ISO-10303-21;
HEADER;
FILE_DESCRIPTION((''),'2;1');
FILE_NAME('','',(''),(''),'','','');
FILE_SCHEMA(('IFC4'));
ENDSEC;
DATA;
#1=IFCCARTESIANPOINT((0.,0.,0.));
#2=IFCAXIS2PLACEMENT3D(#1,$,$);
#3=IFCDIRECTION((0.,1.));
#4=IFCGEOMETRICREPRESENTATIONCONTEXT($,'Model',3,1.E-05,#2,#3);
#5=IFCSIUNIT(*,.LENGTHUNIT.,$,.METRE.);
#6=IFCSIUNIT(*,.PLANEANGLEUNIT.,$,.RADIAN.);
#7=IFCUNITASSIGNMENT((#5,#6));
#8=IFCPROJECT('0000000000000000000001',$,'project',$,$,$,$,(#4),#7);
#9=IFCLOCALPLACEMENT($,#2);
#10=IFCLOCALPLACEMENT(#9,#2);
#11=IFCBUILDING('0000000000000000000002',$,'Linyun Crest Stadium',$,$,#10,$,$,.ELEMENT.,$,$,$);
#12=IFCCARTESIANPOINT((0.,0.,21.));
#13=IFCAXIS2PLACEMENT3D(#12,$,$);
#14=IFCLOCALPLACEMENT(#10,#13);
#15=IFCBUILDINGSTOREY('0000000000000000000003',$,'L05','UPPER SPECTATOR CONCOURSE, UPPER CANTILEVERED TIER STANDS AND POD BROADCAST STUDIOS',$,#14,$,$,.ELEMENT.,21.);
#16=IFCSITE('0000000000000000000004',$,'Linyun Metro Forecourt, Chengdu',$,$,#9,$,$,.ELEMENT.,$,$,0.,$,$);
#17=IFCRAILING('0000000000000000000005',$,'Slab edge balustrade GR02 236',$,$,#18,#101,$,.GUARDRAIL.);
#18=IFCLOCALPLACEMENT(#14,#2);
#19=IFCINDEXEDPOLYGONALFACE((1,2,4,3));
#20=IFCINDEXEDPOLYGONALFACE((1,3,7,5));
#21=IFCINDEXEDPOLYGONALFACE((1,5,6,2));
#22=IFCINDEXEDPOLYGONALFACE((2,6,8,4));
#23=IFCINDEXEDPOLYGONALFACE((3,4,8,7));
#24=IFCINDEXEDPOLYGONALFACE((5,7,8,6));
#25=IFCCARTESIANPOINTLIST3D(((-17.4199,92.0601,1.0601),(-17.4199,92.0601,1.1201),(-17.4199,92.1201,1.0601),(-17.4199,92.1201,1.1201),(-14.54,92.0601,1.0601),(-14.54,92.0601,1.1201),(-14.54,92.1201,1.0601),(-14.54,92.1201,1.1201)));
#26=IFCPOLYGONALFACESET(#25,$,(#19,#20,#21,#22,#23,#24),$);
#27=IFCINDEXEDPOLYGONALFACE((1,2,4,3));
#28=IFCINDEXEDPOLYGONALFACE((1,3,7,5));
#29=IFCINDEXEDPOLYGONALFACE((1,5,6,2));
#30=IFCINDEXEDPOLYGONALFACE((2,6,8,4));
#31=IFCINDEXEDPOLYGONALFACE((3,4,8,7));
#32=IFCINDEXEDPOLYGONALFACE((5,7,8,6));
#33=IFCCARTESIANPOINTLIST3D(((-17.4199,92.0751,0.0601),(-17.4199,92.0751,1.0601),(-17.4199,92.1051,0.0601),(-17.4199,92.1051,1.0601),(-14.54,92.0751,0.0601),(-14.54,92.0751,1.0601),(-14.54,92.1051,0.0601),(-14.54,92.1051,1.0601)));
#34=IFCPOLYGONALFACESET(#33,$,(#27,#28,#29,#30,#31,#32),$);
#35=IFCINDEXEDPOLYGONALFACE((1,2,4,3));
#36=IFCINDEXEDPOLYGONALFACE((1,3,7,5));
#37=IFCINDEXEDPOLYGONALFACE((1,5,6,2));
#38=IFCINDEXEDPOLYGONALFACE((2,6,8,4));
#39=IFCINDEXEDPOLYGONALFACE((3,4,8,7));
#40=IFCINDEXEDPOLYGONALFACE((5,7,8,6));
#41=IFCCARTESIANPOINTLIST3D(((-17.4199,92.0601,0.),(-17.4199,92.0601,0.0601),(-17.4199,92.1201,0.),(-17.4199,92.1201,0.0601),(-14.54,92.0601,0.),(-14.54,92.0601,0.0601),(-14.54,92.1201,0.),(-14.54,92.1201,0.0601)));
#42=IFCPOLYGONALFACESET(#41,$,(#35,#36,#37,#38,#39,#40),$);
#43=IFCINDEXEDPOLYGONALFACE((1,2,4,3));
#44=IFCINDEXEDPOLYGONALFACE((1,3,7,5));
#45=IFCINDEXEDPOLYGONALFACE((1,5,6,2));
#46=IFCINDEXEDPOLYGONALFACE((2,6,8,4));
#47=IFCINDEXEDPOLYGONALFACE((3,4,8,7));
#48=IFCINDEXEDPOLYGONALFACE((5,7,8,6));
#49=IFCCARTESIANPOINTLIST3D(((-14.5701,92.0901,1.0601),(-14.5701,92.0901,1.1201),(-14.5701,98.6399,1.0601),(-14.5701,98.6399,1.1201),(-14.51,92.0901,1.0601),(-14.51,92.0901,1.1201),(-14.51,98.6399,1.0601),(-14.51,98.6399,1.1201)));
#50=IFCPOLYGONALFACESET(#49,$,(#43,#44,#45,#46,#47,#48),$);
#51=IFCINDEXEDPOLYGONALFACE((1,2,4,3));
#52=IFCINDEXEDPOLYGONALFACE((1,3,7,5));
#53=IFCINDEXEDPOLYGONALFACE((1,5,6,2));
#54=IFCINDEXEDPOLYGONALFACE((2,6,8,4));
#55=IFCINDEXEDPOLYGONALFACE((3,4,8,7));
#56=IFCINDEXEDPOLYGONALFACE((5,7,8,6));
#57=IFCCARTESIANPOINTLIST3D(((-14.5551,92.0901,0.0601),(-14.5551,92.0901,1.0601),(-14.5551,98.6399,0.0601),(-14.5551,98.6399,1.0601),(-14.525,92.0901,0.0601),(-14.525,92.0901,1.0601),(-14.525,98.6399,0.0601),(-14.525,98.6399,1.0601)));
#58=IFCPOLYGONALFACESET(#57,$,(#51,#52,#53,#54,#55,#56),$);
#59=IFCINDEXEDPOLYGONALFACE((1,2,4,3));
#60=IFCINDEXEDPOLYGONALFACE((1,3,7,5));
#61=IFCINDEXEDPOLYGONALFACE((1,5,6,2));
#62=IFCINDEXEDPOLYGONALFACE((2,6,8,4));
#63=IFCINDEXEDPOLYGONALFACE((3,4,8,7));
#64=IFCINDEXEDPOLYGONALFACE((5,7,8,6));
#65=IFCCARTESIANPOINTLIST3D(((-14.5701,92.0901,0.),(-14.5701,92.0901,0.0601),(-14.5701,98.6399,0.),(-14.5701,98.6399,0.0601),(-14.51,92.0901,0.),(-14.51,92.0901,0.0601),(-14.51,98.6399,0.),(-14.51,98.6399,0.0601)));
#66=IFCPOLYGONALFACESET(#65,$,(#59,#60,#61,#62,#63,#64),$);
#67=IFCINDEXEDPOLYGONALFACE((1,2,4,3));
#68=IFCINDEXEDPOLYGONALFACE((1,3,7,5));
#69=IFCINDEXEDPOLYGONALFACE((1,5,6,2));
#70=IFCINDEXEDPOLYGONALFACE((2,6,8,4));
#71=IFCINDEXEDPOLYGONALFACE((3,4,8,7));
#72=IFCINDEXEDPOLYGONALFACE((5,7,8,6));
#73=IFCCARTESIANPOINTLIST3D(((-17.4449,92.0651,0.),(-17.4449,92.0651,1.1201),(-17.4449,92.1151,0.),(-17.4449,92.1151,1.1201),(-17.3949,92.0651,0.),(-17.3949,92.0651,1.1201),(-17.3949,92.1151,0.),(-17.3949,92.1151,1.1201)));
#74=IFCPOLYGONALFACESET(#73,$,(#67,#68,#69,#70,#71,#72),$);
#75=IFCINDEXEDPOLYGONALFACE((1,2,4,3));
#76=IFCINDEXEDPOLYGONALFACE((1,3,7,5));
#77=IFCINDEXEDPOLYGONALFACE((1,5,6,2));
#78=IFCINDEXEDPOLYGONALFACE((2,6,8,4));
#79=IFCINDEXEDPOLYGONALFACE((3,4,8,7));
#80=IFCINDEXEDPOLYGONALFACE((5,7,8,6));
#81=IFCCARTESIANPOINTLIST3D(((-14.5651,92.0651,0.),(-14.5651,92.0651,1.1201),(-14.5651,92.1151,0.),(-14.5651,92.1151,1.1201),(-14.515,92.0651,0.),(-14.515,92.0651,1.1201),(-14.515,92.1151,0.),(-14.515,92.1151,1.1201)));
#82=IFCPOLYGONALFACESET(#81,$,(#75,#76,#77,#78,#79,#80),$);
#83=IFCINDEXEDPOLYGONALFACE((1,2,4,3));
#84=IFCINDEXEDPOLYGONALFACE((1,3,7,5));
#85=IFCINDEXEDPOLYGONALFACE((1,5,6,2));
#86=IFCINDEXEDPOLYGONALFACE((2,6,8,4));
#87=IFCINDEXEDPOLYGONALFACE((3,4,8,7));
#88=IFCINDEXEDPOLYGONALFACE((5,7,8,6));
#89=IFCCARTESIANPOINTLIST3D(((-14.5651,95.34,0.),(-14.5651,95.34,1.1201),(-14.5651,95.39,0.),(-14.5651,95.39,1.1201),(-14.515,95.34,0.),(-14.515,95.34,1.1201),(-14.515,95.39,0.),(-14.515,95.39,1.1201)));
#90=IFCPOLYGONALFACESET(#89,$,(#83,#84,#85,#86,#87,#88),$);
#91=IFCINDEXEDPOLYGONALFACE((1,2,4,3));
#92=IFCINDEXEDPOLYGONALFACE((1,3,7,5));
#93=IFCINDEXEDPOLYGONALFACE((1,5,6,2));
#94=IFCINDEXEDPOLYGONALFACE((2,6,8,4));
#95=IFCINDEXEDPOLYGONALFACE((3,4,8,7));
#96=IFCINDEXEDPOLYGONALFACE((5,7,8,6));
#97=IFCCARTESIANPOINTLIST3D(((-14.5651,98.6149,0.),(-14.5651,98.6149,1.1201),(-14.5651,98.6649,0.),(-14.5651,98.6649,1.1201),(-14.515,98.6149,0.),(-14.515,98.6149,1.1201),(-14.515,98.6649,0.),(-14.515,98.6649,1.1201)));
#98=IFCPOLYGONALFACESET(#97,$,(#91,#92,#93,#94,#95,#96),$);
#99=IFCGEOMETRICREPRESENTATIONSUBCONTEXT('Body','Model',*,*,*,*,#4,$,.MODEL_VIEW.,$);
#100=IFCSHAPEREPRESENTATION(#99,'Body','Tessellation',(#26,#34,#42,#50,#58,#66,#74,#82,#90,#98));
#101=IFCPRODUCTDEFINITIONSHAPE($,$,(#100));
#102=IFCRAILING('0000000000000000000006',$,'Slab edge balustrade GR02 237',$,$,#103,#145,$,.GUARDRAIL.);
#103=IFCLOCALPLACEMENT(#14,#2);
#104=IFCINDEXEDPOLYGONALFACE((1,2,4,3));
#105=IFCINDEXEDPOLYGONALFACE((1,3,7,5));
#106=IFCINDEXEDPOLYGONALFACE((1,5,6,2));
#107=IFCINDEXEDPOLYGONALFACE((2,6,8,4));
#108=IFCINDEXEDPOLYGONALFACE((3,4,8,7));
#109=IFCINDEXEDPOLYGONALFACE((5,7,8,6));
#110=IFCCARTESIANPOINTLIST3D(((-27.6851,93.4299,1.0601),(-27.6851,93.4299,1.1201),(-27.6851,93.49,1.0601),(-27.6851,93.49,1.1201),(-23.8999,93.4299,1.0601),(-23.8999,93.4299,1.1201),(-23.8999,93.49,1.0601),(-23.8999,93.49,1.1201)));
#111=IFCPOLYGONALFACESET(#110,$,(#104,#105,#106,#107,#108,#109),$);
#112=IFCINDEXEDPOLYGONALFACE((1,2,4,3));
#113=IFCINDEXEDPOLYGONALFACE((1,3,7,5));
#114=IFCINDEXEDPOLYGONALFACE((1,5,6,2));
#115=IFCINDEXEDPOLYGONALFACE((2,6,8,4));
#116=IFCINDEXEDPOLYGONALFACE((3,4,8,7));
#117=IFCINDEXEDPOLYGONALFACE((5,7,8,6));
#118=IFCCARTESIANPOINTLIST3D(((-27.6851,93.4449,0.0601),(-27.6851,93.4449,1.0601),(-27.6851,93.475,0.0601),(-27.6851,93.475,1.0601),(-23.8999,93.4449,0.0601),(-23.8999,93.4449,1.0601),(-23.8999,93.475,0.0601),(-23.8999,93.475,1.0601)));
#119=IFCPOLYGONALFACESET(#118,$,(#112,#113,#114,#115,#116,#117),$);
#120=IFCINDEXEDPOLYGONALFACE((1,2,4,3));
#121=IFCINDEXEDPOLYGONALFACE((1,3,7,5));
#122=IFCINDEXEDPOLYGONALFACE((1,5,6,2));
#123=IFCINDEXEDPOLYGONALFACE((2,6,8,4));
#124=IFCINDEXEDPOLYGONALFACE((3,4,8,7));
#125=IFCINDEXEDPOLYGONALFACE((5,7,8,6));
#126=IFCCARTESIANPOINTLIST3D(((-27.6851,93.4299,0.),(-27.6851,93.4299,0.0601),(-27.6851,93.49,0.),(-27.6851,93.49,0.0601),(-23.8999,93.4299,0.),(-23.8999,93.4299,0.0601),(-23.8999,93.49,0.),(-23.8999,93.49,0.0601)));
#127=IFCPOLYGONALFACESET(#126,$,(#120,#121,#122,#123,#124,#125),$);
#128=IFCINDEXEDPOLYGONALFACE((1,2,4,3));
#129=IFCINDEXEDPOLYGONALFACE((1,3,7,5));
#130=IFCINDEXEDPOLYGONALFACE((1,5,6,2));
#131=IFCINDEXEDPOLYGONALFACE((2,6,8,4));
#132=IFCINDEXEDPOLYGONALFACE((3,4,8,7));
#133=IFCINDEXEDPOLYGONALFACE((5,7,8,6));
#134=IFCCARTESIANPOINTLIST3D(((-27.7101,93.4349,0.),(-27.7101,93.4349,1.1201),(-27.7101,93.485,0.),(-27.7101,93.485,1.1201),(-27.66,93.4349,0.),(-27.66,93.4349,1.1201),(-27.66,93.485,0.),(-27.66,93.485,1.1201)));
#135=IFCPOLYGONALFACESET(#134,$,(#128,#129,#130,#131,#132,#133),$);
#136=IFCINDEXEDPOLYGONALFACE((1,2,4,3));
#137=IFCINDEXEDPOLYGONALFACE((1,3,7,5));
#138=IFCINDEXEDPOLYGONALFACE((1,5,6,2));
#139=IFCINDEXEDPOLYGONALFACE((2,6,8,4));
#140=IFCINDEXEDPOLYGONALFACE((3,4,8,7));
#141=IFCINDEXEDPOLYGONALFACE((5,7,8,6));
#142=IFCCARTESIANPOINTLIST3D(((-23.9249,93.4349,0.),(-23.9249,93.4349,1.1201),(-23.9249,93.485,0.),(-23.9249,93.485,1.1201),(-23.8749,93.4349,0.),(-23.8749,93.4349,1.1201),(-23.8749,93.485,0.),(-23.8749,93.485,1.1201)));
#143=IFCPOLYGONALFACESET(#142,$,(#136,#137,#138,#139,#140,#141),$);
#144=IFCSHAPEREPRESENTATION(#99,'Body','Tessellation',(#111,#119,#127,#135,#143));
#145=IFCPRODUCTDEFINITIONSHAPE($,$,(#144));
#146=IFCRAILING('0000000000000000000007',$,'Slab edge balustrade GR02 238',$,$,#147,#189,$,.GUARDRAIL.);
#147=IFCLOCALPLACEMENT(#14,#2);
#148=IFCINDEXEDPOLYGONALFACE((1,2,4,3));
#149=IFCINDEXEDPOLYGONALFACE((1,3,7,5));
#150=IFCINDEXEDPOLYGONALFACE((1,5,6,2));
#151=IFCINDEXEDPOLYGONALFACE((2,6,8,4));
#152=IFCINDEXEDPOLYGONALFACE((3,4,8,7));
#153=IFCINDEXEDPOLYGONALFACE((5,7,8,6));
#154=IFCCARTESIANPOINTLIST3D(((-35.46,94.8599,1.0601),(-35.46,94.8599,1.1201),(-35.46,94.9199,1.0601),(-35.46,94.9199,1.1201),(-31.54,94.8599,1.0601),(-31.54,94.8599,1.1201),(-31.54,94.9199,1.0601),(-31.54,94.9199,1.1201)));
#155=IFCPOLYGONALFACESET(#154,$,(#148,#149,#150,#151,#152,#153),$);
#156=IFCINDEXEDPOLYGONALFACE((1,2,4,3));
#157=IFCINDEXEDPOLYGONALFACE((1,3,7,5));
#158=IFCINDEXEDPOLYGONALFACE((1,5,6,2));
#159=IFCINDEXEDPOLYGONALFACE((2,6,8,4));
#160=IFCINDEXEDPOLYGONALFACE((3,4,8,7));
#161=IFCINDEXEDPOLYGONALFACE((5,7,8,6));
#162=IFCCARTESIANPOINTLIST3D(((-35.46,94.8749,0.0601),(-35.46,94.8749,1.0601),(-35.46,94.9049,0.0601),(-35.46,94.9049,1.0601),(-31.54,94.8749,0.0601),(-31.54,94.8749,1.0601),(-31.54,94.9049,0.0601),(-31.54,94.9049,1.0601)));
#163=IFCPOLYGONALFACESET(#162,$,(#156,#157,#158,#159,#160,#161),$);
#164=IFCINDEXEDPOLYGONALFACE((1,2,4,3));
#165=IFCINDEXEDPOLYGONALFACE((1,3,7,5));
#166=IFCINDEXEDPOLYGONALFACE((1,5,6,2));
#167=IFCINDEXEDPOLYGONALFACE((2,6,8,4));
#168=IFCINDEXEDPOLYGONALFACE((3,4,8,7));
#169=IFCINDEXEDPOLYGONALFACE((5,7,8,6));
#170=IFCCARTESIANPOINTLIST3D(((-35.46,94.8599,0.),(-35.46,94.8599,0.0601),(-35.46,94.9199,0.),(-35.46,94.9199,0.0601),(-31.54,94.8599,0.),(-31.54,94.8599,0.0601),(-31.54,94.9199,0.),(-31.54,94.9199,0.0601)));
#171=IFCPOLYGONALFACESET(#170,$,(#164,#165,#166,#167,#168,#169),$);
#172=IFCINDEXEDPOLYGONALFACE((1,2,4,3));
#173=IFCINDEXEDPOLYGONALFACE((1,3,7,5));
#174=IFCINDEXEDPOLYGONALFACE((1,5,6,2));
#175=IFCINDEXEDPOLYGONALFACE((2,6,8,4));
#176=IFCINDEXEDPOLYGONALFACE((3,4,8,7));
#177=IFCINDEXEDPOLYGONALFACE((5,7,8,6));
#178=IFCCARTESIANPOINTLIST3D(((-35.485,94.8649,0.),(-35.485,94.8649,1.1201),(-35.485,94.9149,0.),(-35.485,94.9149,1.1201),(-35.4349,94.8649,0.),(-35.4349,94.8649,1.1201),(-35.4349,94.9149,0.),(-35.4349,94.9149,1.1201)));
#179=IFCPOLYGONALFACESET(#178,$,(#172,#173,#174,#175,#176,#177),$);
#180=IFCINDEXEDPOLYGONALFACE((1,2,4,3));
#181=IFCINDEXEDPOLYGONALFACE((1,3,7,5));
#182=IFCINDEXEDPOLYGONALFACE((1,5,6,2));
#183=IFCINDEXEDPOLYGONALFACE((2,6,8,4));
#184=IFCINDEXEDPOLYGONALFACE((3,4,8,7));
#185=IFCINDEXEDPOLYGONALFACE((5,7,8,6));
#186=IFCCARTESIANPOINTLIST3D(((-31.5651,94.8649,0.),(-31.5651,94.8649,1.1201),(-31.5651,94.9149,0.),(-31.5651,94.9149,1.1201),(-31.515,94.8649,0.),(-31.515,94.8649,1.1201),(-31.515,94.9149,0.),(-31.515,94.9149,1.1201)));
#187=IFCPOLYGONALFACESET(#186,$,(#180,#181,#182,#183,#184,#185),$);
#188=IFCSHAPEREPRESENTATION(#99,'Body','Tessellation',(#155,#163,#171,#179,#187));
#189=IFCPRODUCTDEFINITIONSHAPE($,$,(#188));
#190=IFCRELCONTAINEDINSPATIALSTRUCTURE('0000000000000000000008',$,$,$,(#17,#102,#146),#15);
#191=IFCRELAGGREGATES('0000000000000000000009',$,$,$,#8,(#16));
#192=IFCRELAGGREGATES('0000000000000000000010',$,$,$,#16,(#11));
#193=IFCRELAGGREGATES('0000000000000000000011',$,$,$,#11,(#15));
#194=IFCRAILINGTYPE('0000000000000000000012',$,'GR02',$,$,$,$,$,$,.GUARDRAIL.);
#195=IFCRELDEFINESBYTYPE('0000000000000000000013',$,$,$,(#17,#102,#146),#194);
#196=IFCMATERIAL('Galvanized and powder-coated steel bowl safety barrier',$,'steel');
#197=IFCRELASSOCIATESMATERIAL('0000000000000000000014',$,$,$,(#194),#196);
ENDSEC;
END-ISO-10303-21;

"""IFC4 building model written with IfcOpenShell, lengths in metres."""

from ifc_helpers import new_model, si_unit, direction, frame, origin, origin_2d, place, context, subcontext, project, spatial, rectangle, extrude, material, type_object, element, save


model = new_model("IFC4")

# Units and contexts
model_context = context("Model", 3, precision=1e-05, world=origin(), true_north=direction((0.0, 1.0)))
body_context = subcontext(model_context, "Body", "Model", "MODEL_VIEW")
ifc_project = project(units=[si_unit("LENGTHUNIT", "METRE"), si_unit("PLANEANGLEUNIT", "RADIAN")], contexts=[model_context])

# Site, building, storey
site_placement = place(None, origin())
site = spatial("IfcSite", under=ifc_project, at=site_placement, Name="Linyun Metro Forecourt, Chengdu", CompositionType="ELEMENT", RefElevation=0.0)
building_placement = place(site_placement, origin())
building = spatial("IfcBuilding", under=site, at=building_placement, Name="Linyun Crest Stadium", CompositionType="ELEMENT")
storey_placement = place(building_placement, frame((0.0, 0.0, 21.0)))
storey = spatial("IfcBuildingStorey", under=building, at=storey_placement, Name="L05", Description="UPPER SPECTATOR CONCOURSE, UPPER CANTILEVERED TIER STANDS AND POD BROADCAST STUDIOS", CompositionType="ELEMENT", Elevation=21.0)

# Railings
ifc_material_1 = material(Name="Galvanized and powder-coated steel bowl safety barrier", Category="steel")
railing_type_1 = type_object("IfcRailingType", Name="GR02", PredefinedType="GUARDRAIL", material=ifc_material_1)
railing_1_placement = place(storey_placement, frame((-17.4199, 92.0901, 0.0)))
element("IfcRailing", 1, at=railing_1_placement, inside=storey, type_object=railing_type_1, Name="Slab edge balustrade GR02 236", PredefinedType="GUARDRAIL", context=body_context, shape_type="SweptSolid", body=[
    extrude(rectangle(XDim=0.0601, YDim=0.0601, at=origin_2d()), frame((0.0, 0.0, 1.0901), z_axis=(1.0, 0.0, 0.0), x_axis=(0.0, 1.0, 0.0)), (0.0, 0.0, 1.0), 2.8799),
    extrude(rectangle(XDim=0.03, YDim=1.0, at=origin_2d()), frame((0.0, 0.0, 0.5601), z_axis=(1.0, 0.0, 0.0), x_axis=(0.0, 1.0, 0.0)), (0.0, 0.0, 1.0), 2.8799),
    extrude(rectangle(XDim=0.0601, YDim=0.0601, at=origin_2d()), frame((0.0, 0.0, 0.03), z_axis=(1.0, 0.0, 0.0), x_axis=(0.0, 1.0, 0.0)), (0.0, 0.0, 1.0), 2.8799),
    extrude(rectangle(XDim=0.0601, YDim=0.0601, at=origin_2d()), frame((2.8799, 0.0, 1.0901), z_axis=(0.0, 1.0, 0.0), x_axis=(-1.0, 0.0, 0.0)), (0.0, 0.0, 1.0), 6.5498),
    extrude(rectangle(XDim=0.03, YDim=1.0, at=origin_2d()), frame((2.8799, 0.0, 0.5601), z_axis=(0.0, 1.0, 0.0), x_axis=(-1.0, 0.0, 0.0)), (0.0, 0.0, 1.0), 6.5498),
    extrude(rectangle(XDim=0.0601, YDim=0.0601, at=origin_2d()), frame((2.8799, 0.0, 0.03), z_axis=(0.0, 1.0, 0.0), x_axis=(-1.0, 0.0, 0.0)), (0.0, 0.0, 1.0), 6.5498),
    extrude(rectangle(XDim=0.05, YDim=0.05, at=origin_2d()), origin(), (0.0, 0.0, 1.0), 1.1201),
    extrude(rectangle(XDim=0.05, YDim=0.05, at=origin_2d()), frame((2.8799, 0.0, 0.0)), (0.0, 0.0, 1.0), 1.1201),
    extrude(rectangle(XDim=0.05, YDim=0.05, at=origin_2d()), frame((2.8799, 3.2749, 0.0)), (0.0, 0.0, 1.0), 1.1201),
    extrude(rectangle(XDim=0.05, YDim=0.05, at=origin_2d()), frame((2.8799, 6.5498, 0.0)), (0.0, 0.0, 1.0), 1.1201),
])
railing_2_placement = place(storey_placement, frame((-27.6851, 93.46, 0.0)))
element("IfcRailing", 2, at=railing_2_placement, inside=storey, type_object=railing_type_1, Name="Slab edge balustrade GR02 237", PredefinedType="GUARDRAIL", context=body_context, shape_type="SweptSolid", body=[
    extrude(rectangle(XDim=0.0601, YDim=0.0601, at=origin_2d()), frame((0.0, 0.0, 1.0901), z_axis=(1.0, 0.0, 0.0), x_axis=(0.0, 1.0, 0.0)), (0.0, 0.0, 1.0), 3.7852),
    extrude(rectangle(XDim=0.03, YDim=1.0, at=origin_2d()), frame((0.0, 0.0, 0.5601), z_axis=(1.0, 0.0, 0.0), x_axis=(0.0, 1.0, 0.0)), (0.0, 0.0, 1.0), 3.7852),
    extrude(rectangle(XDim=0.0601, YDim=0.0601, at=origin_2d()), frame((0.0, 0.0, 0.03), z_axis=(1.0, 0.0, 0.0), x_axis=(0.0, 1.0, 0.0)), (0.0, 0.0, 1.0), 3.7852),
    extrude(rectangle(XDim=0.05, YDim=0.05, at=origin_2d()), origin(), (0.0, 0.0, 1.0), 1.1201),
    extrude(rectangle(XDim=0.05, YDim=0.05, at=origin_2d()), frame((3.7852, 0.0, 0.0)), (0.0, 0.0, 1.0), 1.1201),
])
railing_3_placement = place(storey_placement, frame((-35.46, 94.8899, 0.0)))
element("IfcRailing", 3, at=railing_3_placement, inside=storey, type_object=railing_type_1, Name="Slab edge balustrade GR02 238", PredefinedType="GUARDRAIL", context=body_context, shape_type="SweptSolid", body=[
    extrude(rectangle(XDim=0.0601, YDim=0.0601, at=origin_2d()), frame((0.0, 0.0, 1.0901), z_axis=(1.0, 0.0, 0.0), x_axis=(0.0, 1.0, 0.0)), (0.0, 0.0, 1.0), 3.9199),
    extrude(rectangle(XDim=0.03, YDim=1.0, at=origin_2d()), frame((0.0, 0.0, 0.5601), z_axis=(1.0, 0.0, 0.0), x_axis=(0.0, 1.0, 0.0)), (0.0, 0.0, 1.0), 3.9199),
    extrude(rectangle(XDim=0.0601, YDim=0.0601, at=origin_2d()), frame((0.0, 0.0, 0.03), z_axis=(1.0, 0.0, 0.0), x_axis=(0.0, 1.0, 0.0)), (0.0, 0.0, 1.0), 3.9199),
    extrude(rectangle(XDim=0.05, YDim=0.05, at=origin_2d()), origin(), (0.0, 0.0, 1.0), 1.1201),
    extrude(rectangle(XDim=0.05, YDim=0.05, at=origin_2d()), frame((3.9199, 0.0, 0.0)), (0.0, 0.0, 1.0), 1.1201),
])

save(model, "model.ifc")
